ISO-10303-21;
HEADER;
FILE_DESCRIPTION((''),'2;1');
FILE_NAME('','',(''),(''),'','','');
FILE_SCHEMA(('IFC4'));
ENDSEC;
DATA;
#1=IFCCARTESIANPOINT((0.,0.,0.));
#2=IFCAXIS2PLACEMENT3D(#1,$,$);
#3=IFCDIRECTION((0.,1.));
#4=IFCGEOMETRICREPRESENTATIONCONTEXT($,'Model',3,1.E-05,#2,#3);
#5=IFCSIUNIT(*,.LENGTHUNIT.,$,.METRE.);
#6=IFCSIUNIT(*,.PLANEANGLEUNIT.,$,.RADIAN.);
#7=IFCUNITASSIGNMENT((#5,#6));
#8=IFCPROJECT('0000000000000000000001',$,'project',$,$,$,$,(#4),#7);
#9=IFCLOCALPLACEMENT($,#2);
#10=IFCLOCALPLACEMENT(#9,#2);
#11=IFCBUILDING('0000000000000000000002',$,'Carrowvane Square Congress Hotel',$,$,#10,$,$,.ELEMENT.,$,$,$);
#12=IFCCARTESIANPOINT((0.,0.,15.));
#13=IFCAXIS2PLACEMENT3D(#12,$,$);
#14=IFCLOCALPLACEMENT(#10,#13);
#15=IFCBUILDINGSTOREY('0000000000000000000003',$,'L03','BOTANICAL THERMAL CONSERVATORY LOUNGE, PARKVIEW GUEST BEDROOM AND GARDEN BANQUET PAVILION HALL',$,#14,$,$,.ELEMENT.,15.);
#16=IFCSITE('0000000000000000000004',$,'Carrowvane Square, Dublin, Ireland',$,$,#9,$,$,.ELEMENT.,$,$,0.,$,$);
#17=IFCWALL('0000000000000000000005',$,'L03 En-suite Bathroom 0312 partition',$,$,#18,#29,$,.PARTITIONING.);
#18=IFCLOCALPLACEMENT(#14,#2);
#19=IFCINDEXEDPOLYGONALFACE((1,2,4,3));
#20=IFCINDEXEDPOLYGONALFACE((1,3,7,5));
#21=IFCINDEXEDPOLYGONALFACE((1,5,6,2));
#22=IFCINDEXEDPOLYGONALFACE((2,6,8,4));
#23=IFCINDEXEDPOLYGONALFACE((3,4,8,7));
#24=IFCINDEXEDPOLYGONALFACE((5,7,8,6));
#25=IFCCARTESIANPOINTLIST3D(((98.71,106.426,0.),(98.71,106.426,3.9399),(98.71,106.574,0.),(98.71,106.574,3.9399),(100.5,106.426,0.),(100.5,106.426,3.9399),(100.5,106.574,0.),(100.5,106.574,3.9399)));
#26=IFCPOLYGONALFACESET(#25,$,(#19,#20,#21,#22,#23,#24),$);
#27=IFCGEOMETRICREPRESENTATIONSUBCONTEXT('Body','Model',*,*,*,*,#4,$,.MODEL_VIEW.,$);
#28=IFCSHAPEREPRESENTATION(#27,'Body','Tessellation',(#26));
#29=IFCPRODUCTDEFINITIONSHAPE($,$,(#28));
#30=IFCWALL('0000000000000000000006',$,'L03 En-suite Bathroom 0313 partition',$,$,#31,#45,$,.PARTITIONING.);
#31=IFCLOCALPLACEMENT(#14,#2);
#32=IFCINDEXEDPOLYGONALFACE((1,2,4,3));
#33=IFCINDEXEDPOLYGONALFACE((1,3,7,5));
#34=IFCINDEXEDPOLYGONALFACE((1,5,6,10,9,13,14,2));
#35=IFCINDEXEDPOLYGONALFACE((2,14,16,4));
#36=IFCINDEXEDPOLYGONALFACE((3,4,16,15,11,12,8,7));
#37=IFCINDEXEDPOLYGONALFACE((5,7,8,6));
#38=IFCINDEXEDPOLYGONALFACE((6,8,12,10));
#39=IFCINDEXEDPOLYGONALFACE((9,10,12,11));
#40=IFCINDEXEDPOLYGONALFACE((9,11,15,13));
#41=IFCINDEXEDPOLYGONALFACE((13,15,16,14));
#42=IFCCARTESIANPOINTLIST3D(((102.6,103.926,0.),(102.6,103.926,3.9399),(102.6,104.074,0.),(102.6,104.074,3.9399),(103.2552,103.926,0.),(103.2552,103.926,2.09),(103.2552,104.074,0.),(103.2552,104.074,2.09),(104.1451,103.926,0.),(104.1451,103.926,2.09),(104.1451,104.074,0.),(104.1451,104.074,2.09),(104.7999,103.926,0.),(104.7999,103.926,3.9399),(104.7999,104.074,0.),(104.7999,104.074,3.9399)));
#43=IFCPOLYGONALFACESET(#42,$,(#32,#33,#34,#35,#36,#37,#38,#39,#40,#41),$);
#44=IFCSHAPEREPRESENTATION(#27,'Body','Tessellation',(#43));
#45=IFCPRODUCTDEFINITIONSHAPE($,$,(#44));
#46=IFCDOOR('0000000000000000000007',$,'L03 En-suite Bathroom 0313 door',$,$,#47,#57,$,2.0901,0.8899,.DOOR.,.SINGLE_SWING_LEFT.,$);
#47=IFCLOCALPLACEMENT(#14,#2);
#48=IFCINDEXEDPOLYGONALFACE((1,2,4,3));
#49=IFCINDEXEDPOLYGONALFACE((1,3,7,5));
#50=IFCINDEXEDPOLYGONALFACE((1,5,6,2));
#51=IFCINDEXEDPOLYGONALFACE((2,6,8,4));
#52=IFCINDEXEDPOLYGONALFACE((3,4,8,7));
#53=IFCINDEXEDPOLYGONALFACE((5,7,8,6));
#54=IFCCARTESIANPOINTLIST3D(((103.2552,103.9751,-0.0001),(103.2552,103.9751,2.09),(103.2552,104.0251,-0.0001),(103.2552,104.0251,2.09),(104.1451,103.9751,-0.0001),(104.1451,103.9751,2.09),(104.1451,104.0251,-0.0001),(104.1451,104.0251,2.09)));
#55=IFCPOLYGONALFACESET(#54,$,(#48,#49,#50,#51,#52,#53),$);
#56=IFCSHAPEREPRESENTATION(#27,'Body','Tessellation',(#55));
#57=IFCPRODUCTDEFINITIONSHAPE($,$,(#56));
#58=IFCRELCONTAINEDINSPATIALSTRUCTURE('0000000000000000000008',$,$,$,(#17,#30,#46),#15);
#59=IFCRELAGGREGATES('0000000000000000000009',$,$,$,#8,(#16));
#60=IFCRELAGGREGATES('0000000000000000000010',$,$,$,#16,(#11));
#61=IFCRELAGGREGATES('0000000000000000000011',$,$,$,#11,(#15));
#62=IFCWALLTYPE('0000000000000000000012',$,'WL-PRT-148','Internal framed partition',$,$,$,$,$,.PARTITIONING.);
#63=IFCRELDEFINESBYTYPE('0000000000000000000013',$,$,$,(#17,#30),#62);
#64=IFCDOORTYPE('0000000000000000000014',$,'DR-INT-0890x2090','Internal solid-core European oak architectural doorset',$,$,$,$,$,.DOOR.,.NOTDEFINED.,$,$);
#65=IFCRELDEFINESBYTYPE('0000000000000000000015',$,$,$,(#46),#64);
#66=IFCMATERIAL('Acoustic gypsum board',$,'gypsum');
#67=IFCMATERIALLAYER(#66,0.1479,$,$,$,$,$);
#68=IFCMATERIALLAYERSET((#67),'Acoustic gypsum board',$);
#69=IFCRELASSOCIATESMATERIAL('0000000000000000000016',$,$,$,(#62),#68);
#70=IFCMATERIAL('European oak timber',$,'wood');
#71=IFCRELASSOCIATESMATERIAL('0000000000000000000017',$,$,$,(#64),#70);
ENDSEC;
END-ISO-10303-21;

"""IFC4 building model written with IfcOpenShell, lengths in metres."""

from ifc_helpers import new_model, si_unit, direction, frame, frame_2d, origin, place, context, subcontext, project, spatial, rectangle, extrude, material, layer, layer_set, type_object, element, fill, save


model = new_model("IFC4")

# Units and contexts
model_context = context("Model", 3, precision=1e-05, world=origin(), true_north=direction((0.0, 1.0)))
body_context = subcontext(model_context, "Body", "Model", "MODEL_VIEW")
ifc_project = project(units=[si_unit("LENGTHUNIT", "METRE"), si_unit("PLANEANGLEUNIT", "RADIAN")], contexts=[model_context])

# Site, building, storey
site_placement = place(None, origin())
site = spatial("IfcSite", under=ifc_project, at=site_placement, Name="Carrowvane Square, Dublin, Ireland", CompositionType="ELEMENT", RefElevation=0.0)
building_placement = place(site_placement, origin())
building = spatial("IfcBuilding", under=site, at=building_placement, Name="Carrowvane Square Congress Hotel", CompositionType="ELEMENT")
storey_placement = place(building_placement, frame((0.0, 0.0, 15.0)))
storey = spatial("IfcBuildingStorey", under=building, at=storey_placement, Name="L03", Description="BOTANICAL THERMAL CONSERVATORY LOUNGE, PARKVIEW GUEST BEDROOM AND GARDEN BANQUET PAVILION HALL", CompositionType="ELEMENT", Elevation=15.0)

# Wall
ifc_material_1 = material(Name="Acoustic gypsum board", Category="gypsum")
ifc_layer_1 = layer(ifc_material_1, 0.1479)
ifc_layer_set_1 = layer_set([ifc_layer_1], Name="Acoustic gypsum board")
wall_type_1 = type_object("IfcWallType", Name="WL-PRT-148", Description="Internal framed partition", PredefinedType="PARTITIONING", material=ifc_layer_set_1)
wall_1_placement = place(storey_placement, frame((98.71, 106.5, 0.0), z_axis=(0.0, 0.0, 1.0), x_axis=(1.0, 0.0, 0.0)))
element("IfcWall", 1, at=wall_1_placement, inside=storey, type_object=wall_type_1, Name="L03 En-suite Bathroom 0312 partition", PredefinedType="PARTITIONING", context=body_context, shape_type="SweptSolid", body=[
    extrude(rectangle(XDim=1.79, YDim=0.1479, at=frame_2d((0.895, 0.0))), origin(), (0.0, 0.0, 1.0), 3.9399),
])

# Wall, opening, door
wall_2_placement = place(storey_placement, frame((104.8, 104.0, 0.0), z_axis=(0.0, 0.0, 1.0), x_axis=(-1.0, 0.0, 0.0)))
wall_2 = element("IfcWall", 2, at=wall_2_placement, inside=storey, type_object=wall_type_1, Name="L03 En-suite Bathroom 0313 partition", PredefinedType="PARTITIONING", context=body_context, shape_type="SweptSolid", body=[
    extrude(rectangle(XDim=2.2, YDim=0.1479, at=frame_2d((1.1001, 0.0))), origin(), (0.0, 0.0, 1.0), 3.9399),
])
opening_1_placement = place(wall_2_placement, frame((0.655, 0.0, 0.0)))
opening_1 = element("IfcOpeningElement", 3, at=opening_1_placement, cuts=wall_2, PredefinedType="OPENING", context=body_context, shape_type="SweptSolid", body=[
    extrude(rectangle(XDim=0.8899, YDim=2.0901, at=frame_2d((0.4448, 1.0449))), frame((0.0, 0.084, 0.0), z_axis=(0.0, -1.0, 0.0), x_axis=(1.0, 0.0, 0.0)), (0.0, 0.0, 1.0), 0.168),
])
ifc_material_2 = material(Name="European oak timber", Category="wood")
door_type_1 = type_object("IfcDoorType", Name="DR-INT-0890x2090", Description="Internal solid-core European oak architectural doorset", OperationType="NOTDEFINED", PredefinedType="DOOR", material=ifc_material_2)
door_1_placement = place(opening_1_placement, origin())
door_1 = element("IfcDoor", 4, at=door_1_placement, inside=storey, type_object=door_type_1, Name="L03 En-suite Bathroom 0313 door", OperationType="SINGLE_SWING_LEFT", OverallHeight=2.0901, OverallWidth=0.8899, PredefinedType="DOOR", context=body_context, shape_type="SweptSolid", body=[
    extrude(rectangle(XDim=0.8899, YDim=2.0901, at=frame_2d((0.4448, 1.0449))), frame((0.0, 0.0249, 0.0), z_axis=(0.0, -1.0, 0.0), x_axis=(1.0, 0.0, 0.0)), (0.0, 0.0, 1.0), 0.05),
])
fill(opening_1, door_1)

save(model, "model.ifc")
